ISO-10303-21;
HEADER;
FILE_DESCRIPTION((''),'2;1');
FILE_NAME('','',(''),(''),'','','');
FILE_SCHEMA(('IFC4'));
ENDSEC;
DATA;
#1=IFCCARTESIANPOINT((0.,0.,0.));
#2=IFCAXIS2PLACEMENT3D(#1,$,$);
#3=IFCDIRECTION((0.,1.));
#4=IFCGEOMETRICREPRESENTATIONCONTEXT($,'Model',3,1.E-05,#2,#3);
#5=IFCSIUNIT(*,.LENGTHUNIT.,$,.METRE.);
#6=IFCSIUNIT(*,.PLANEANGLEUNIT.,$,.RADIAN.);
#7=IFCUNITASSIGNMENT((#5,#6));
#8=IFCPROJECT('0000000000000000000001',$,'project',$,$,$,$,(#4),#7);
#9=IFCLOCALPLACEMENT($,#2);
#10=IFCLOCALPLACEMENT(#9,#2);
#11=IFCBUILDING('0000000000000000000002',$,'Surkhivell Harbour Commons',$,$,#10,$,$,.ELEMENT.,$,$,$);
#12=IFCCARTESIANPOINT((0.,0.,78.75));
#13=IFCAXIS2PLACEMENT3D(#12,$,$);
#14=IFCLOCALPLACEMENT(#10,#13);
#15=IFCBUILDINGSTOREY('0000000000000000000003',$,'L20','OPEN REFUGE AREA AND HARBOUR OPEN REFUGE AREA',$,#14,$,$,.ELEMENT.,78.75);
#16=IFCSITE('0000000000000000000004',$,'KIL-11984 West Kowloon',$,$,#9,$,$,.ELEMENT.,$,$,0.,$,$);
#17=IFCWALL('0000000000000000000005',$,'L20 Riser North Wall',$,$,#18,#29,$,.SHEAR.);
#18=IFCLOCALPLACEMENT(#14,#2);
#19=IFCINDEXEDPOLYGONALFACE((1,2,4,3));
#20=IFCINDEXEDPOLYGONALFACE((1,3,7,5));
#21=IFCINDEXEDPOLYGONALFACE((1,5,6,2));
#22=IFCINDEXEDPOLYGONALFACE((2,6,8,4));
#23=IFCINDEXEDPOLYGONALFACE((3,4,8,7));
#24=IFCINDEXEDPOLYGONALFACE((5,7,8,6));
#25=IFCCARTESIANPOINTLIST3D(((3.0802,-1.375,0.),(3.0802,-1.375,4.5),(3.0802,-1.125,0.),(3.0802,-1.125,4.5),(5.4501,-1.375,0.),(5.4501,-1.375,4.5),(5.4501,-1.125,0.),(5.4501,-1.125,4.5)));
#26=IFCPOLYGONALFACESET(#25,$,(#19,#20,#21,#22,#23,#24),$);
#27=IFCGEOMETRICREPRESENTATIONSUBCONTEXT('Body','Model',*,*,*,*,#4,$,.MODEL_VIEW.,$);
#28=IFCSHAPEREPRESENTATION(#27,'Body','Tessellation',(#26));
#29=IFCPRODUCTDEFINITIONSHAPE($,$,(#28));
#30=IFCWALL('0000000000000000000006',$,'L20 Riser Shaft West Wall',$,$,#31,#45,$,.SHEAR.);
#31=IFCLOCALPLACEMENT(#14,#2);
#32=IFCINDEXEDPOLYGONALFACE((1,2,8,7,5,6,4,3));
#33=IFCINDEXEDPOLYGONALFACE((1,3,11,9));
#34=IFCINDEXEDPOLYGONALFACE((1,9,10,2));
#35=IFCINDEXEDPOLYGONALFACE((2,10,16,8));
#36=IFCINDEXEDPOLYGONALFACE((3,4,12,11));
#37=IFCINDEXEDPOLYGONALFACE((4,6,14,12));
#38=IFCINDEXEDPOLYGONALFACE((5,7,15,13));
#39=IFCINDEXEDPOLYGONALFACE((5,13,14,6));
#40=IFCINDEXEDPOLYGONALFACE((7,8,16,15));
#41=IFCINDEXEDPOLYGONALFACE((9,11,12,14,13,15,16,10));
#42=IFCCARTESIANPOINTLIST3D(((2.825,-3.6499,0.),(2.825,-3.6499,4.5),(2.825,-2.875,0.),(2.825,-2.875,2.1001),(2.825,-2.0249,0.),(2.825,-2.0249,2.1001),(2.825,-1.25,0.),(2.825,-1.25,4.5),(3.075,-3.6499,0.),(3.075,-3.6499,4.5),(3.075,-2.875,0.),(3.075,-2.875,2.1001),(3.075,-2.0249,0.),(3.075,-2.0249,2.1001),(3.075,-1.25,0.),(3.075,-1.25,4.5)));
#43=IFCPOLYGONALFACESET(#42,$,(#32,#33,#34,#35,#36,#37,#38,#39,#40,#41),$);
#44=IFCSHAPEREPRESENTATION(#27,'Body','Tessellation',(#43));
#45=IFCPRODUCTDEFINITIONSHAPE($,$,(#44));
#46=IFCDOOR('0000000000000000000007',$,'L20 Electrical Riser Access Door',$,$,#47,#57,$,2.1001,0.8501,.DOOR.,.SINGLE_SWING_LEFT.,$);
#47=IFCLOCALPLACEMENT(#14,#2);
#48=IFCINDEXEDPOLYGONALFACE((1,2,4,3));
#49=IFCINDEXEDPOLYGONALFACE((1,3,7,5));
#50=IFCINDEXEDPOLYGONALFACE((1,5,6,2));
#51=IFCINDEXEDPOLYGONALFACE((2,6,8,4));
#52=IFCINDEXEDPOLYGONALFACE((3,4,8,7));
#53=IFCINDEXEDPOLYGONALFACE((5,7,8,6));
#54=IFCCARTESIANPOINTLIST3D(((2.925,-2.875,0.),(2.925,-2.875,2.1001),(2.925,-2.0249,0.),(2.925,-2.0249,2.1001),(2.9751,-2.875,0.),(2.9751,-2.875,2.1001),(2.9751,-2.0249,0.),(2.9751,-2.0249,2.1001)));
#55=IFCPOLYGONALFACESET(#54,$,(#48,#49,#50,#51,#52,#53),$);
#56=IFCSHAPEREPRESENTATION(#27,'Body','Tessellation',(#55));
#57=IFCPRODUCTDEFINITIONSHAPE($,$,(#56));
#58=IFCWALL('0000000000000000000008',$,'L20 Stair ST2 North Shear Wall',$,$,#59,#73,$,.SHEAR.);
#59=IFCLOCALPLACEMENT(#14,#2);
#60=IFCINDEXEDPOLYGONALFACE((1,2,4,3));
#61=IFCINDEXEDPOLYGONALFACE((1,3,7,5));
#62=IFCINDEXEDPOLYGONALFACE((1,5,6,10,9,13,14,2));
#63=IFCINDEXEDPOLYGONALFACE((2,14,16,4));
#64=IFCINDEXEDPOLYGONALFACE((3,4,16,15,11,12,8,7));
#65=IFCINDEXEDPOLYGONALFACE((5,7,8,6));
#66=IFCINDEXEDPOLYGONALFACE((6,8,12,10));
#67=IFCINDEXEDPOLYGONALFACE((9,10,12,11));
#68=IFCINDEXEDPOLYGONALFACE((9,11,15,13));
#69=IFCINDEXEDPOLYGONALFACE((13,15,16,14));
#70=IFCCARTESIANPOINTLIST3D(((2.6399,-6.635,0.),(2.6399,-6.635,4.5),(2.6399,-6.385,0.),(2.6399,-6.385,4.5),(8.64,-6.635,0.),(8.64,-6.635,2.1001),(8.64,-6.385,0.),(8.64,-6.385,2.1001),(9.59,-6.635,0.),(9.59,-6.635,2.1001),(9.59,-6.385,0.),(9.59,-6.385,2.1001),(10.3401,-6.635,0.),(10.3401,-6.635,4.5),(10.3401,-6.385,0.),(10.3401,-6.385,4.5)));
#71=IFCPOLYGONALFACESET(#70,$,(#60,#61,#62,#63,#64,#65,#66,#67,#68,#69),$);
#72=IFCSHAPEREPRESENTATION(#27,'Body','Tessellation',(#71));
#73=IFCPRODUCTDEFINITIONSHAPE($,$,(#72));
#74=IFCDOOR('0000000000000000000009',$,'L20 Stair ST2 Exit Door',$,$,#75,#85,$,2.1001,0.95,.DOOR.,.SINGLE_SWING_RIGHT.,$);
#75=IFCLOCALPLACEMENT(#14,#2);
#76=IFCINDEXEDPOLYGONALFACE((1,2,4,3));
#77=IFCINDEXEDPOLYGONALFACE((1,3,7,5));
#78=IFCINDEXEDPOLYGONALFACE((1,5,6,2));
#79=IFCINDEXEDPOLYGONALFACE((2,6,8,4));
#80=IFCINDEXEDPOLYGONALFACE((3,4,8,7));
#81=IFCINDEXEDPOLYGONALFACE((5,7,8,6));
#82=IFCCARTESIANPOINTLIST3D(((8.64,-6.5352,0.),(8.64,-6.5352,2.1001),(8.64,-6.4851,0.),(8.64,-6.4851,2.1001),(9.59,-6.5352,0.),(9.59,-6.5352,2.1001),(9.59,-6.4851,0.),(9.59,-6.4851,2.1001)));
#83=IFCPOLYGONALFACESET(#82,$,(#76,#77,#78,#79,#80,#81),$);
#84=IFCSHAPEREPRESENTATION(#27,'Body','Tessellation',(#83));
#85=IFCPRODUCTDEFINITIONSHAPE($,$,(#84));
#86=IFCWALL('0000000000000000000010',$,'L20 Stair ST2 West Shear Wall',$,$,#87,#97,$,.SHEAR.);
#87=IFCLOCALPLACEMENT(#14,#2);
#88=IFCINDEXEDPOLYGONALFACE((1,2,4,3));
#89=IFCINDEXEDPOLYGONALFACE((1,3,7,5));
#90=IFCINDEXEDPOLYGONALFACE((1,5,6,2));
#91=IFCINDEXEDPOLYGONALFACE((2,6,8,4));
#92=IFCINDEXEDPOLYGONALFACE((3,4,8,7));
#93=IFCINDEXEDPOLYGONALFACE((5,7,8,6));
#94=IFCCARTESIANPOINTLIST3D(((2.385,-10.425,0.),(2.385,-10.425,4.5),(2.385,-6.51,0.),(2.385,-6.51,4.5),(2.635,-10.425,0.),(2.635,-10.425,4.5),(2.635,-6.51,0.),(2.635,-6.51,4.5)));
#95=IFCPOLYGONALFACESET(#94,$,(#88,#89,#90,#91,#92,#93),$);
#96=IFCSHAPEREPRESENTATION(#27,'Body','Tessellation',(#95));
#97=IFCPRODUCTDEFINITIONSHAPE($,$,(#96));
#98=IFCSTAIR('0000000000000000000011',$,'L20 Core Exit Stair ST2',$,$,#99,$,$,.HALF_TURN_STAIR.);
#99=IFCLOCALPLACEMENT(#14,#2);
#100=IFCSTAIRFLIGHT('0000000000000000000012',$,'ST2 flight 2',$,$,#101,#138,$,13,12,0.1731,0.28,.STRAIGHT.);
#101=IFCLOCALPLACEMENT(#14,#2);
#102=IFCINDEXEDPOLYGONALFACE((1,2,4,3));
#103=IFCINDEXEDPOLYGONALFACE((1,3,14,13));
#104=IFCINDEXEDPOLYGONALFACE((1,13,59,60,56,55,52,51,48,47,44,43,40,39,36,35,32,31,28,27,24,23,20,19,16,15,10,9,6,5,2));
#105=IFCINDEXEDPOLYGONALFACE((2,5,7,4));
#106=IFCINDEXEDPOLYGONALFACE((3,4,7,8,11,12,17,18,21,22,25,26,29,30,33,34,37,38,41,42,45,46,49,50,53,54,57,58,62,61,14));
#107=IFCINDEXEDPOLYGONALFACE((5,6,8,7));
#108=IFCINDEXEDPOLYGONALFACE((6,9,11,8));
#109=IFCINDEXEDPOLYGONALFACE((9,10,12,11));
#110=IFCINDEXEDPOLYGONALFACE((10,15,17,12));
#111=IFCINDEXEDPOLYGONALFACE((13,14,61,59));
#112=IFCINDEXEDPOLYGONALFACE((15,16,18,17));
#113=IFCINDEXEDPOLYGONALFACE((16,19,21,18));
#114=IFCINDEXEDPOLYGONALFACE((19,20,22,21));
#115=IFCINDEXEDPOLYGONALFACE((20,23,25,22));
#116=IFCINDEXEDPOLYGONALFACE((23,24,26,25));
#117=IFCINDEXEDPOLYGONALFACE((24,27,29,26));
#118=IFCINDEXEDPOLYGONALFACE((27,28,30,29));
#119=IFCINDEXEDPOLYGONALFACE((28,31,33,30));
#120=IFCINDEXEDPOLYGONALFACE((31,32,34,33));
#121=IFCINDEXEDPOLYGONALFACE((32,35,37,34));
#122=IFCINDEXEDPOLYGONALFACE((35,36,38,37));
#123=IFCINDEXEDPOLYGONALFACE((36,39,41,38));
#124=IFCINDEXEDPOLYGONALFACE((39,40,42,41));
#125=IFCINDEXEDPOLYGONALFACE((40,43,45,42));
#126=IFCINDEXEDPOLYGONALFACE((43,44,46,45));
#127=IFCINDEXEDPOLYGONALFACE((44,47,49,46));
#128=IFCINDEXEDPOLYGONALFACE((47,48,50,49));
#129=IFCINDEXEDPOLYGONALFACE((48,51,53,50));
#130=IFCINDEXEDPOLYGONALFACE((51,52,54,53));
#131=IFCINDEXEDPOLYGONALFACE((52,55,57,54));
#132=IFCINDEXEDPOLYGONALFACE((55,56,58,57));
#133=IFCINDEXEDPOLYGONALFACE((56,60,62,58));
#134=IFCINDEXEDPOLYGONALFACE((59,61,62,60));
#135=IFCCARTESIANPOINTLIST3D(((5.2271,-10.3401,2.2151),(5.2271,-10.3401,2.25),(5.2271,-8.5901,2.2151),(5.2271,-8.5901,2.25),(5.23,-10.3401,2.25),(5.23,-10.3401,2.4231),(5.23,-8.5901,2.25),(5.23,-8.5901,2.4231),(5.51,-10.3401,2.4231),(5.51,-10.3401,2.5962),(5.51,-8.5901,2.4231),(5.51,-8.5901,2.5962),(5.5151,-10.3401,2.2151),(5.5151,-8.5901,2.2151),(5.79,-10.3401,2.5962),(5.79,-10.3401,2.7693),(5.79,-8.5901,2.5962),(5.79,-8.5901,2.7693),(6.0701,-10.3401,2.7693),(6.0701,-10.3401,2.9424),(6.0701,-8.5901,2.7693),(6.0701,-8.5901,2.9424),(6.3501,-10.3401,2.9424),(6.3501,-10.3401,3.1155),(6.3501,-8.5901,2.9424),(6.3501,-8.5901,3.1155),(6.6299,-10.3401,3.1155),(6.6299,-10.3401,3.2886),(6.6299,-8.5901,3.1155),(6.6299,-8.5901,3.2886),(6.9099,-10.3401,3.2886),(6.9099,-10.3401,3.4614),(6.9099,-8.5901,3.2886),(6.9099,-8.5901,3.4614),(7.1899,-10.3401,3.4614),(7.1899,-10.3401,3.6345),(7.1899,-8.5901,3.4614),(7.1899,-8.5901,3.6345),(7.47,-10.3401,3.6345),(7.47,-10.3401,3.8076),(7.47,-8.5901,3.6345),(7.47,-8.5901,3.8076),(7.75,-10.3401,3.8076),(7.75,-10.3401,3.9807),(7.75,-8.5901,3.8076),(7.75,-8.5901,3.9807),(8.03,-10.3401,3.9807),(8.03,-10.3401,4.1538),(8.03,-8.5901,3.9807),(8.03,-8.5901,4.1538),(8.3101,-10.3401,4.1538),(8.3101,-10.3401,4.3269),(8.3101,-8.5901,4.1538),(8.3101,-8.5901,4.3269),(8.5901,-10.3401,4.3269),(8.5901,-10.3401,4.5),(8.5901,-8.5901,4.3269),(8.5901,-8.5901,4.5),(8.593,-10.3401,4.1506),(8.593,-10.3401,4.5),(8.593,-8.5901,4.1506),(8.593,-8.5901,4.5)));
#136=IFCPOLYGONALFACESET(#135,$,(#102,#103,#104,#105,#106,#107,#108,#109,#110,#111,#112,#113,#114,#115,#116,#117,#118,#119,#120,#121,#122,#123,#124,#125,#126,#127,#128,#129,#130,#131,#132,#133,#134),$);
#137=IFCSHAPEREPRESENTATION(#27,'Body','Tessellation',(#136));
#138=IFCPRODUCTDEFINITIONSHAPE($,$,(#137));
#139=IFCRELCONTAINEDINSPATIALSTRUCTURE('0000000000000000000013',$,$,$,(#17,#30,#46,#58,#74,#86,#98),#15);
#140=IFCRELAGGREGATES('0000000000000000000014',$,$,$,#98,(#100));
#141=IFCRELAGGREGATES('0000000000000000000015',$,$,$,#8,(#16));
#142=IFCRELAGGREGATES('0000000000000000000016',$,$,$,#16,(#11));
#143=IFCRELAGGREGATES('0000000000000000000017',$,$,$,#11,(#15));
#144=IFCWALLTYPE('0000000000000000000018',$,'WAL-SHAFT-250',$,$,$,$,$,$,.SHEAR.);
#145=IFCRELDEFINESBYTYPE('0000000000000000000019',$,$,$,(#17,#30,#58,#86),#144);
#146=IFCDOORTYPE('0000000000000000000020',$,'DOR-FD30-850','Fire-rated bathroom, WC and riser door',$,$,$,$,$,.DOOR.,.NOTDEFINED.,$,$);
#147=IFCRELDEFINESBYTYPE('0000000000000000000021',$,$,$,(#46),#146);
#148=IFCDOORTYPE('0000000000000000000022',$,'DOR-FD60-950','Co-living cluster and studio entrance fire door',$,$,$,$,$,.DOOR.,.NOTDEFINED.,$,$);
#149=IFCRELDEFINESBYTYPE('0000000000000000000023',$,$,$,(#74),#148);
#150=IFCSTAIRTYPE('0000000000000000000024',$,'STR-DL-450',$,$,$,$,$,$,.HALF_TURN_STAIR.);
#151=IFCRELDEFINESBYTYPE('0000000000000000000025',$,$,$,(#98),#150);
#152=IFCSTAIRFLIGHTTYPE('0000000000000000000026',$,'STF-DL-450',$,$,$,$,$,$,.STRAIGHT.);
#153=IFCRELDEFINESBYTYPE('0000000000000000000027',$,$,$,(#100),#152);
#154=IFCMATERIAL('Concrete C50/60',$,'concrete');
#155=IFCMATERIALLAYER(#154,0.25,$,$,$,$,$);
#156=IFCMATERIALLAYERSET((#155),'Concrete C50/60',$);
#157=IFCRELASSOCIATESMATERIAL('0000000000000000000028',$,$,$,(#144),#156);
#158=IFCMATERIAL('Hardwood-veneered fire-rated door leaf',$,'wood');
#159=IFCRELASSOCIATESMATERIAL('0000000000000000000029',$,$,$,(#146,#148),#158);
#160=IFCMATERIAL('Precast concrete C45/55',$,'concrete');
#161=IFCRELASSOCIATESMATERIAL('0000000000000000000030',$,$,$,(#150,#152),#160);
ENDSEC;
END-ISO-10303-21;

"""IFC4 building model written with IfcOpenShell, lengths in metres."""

from ifc_helpers import new_model, si_unit, direction, frame, frame_2d, origin, place, context, subcontext, project, spatial, polyline, rectangle, outline, extrude, material, layer, layer_set, type_object, element, fill, aggregate, save


model = new_model("IFC4")

# Units and contexts
model_context = context("Model", 3, precision=1e-05, world=origin(), true_north=direction((0.0, 1.0)))
body_context = subcontext(model_context, "Body", "Model", "MODEL_VIEW")
ifc_project = project(units=[si_unit("LENGTHUNIT", "METRE"), si_unit("PLANEANGLEUNIT", "RADIAN")], contexts=[model_context])

# Site, building, storey
site_placement = place(None, origin())
site = spatial("IfcSite", under=ifc_project, at=site_placement, Name="KIL-11984 West Kowloon", CompositionType="ELEMENT", RefElevation=0.0)
building_placement = place(site_placement, origin())
building = spatial("IfcBuilding", under=site, at=building_placement, Name="Surkhivell Harbour Commons", CompositionType="ELEMENT")
storey_placement = place(building_placement, frame((0.0, 0.0, 78.75)))
storey = spatial("IfcBuildingStorey", under=building, at=storey_placement, Name="L20", Description="OPEN REFUGE AREA AND HARBOUR OPEN REFUGE AREA", CompositionType="ELEMENT", Elevation=78.75)

# Shared definitions
ifc_material_1 = material(Name="Concrete C50/60", Category="concrete")
ifc_layer_1 = layer(ifc_material_1, 0.25)
ifc_layer_set_1 = layer_set([ifc_layer_1], Name="Concrete C50/60")
wall_type_1 = type_object("IfcWallType", Name="WAL-SHAFT-250", PredefinedType="SHEAR", material=ifc_layer_set_1)

# Wall
for number, where, z_axis, x_axis, name in (
    (1, (3.0801, -1.25, 0.0), (0.0, 0.0, 1.0), (1.0, 0.0, 0.0), "L20 Riser North Wall"),
):
    element("IfcWall", number, at=place(storey_placement, frame(where, z_axis=z_axis, x_axis=x_axis)), inside=storey, type_object=wall_type_1, Name=name, PredefinedType="SHEAR", context=body_context, shape_type="SweptSolid", body=[
        extrude(rectangle(XDim=2.3699, YDim=0.25, at=frame_2d((1.1851, 0.0))), origin(), (0.0, 0.0, 1.0), 4.5),
    ])

# Walls, openings, doors
wall_1_placement = place(storey_placement, frame((2.95, -3.6499, 0.0), z_axis=(0.0, 0.0, 1.0), x_axis=(0.0, 1.0, 0.0)))
wall_1 = element("IfcWall", 2, at=wall_1_placement, inside=storey, type_object=wall_type_1, Name="L20 Riser Shaft West Wall", PredefinedType="SHEAR", context=body_context, shape_type="SweptSolid", body=[
    extrude(rectangle(XDim=2.3999, YDim=0.25, at=frame_2d((1.2, 0.0))), origin(), (0.0, 0.0, 1.0), 4.5),
])
opening_1_placement = place(wall_1_placement, frame((0.7749, 0.0, 0.0)))
opening_1 = element("IfcOpeningElement", 3, at=opening_1_placement, cuts=wall_1, PredefinedType="OPENING", context=body_context, shape_type="SweptSolid", body=[
    extrude(rectangle(XDim=0.8501, YDim=2.1001, at=frame_2d((0.425, 1.05))), frame((0.0, 0.135, 0.0), z_axis=(0.0, -1.0, 0.0), x_axis=(1.0, 0.0, 0.0)), (0.0, 0.0, 1.0), 0.27),
])
ifc_material_2 = material(Name="Hardwood-veneered fire-rated door leaf", Category="wood")
door_type_1 = type_object("IfcDoorType", Name="DOR-FD30-850", Description="Fire-rated bathroom, WC and riser door", OperationType="NOTDEFINED", PredefinedType="DOOR", material=ifc_material_2)
door_1_placement = place(opening_1_placement, origin())
door_1 = element("IfcDoor", 4, at=door_1_placement, inside=storey, type_object=door_type_1, Name="L20 Electrical Riser Access Door", OperationType="SINGLE_SWING_LEFT", OverallHeight=2.1001, OverallWidth=0.8501, PredefinedType="DOOR", context=body_context, shape_type="SweptSolid", body=[
    extrude(rectangle(XDim=0.8501, YDim=2.1001, at=frame_2d((0.425, 1.05))), frame((0.0, 0.0249, 0.0), z_axis=(0.0, -1.0, 0.0), x_axis=(1.0, 0.0, 0.0)), (0.0, 0.0, 1.0), 0.05),
])
fill(opening_1, door_1)
wall_2_placement = place(storey_placement, frame((2.6399, -6.51, 0.0), z_axis=(0.0, 0.0, 1.0), x_axis=(1.0, 0.0, 0.0)))
wall_2 = element("IfcWall", 5, at=wall_2_placement, inside=storey, type_object=wall_type_1, Name="L20 Stair ST2 North Shear Wall", PredefinedType="SHEAR", context=body_context, shape_type="SweptSolid", body=[
    extrude(rectangle(XDim=7.7002, YDim=0.25, at=frame_2d((3.8501, 0.0))), origin(), (0.0, 0.0, 1.0), 4.5),
])
opening_2_placement = place(wall_2_placement, frame((6.0, 0.0, 0.0)))
opening_2 = element("IfcOpeningElement", 6, at=opening_2_placement, cuts=wall_2, PredefinedType="OPENING", context=body_context, shape_type="SweptSolid", body=[
    extrude(rectangle(XDim=0.95, YDim=2.1001, at=frame_2d((0.4751, 1.05))), frame((0.0, 0.135, 0.0), z_axis=(0.0, -1.0, 0.0), x_axis=(1.0, 0.0, 0.0)), (0.0, 0.0, 1.0), 0.27),
])
door_type_2 = type_object("IfcDoorType", Name="DOR-FD60-950", Description="Co-living cluster and studio entrance fire door", OperationType="NOTDEFINED", PredefinedType="DOOR", material=ifc_material_2)
door_2_placement = place(opening_2_placement, origin())
door_2 = element("IfcDoor", 7, at=door_2_placement, inside=storey, type_object=door_type_2, Name="L20 Stair ST2 Exit Door", OperationType="SINGLE_SWING_RIGHT", OverallHeight=2.1001, OverallWidth=0.95, PredefinedType="DOOR", context=body_context, shape_type="SweptSolid", body=[
    extrude(rectangle(XDim=0.95, YDim=2.1001, at=frame_2d((0.4751, 1.05))), frame((0.0, 0.0249, 0.0), z_axis=(0.0, -1.0, 0.0), x_axis=(1.0, 0.0, 0.0)), (0.0, 0.0, 1.0), 0.05),
])
fill(opening_2, door_2)

# Wall
wall_3_placement = place(storey_placement, frame((2.51, -10.425, 0.0), z_axis=(0.0, 0.0, 1.0), x_axis=(0.0, 1.0, 0.0)))
element("IfcWall", 8, at=wall_3_placement, inside=storey, type_object=wall_type_1, Name="L20 Stair ST2 West Shear Wall", PredefinedType="SHEAR", context=body_context, shape_type="SweptSolid", body=[
    extrude(rectangle(XDim=3.915, YDim=0.25, at=frame_2d((1.9575, 0.0))), origin(), (0.0, 0.0, 1.0), 4.5),
])

# Stair, stair flight
ifc_material_3 = material(Name="Precast concrete C45/55", Category="concrete")
stair_type = type_object("IfcStairType", Name="STR-DL-450", PredefinedType="HALF_TURN_STAIR", material=ifc_material_3)
stair_placement = place(storey_placement, origin())
stair = element("IfcStair", 9, at=stair_placement, inside=storey, type_object=stair_type, Name="L20 Core Exit Stair ST2", PredefinedType="HALF_TURN_STAIR")
stair_flight_type = type_object("IfcStairFlightType", Name="STF-DL-450", PredefinedType="STRAIGHT", material=ifc_material_3)
stair_flight_placement = place(storey_placement, frame((5.23, -9.4651, 2.25), z_axis=(0.0, 0.0, 1.0), x_axis=(1.0, 0.0, 0.0)))
stair_flight = element("IfcStairFlight", 10, at=stair_flight_placement, type_object=stair_flight_type, Name="ST2 flight 2", NumberOfRisers=13, NumberOfTreads=12, PredefinedType="STRAIGHT", RiserHeight=0.1731, TreadLength=0.28, context=body_context, shape_type="SweptSolid", body=[
    extrude(outline(polyline([(-0.0029, -0.0349), (-0.0029, 0.0), (0.0, 0.0), (0.0, 0.1731), (0.28, 0.1731), (0.28, 0.3462), (0.5601, 0.3462), (0.5601, 0.5193), (0.8401, 0.5193), (0.8401, 0.6924), (1.1201, 0.6924), (1.1201, 0.8655), (1.3999, 0.8655), (1.3999, 1.0386), (1.6799, 1.0386), (1.6799, 1.2114), (1.96, 1.2114), (1.96, 1.3845), (2.24, 1.3845), (2.24, 1.5576), (2.52, 1.5576), (2.52, 1.7307), (2.8, 1.7307), (2.8, 1.9038), (3.0801, 1.9038), (3.0801, 2.0769), (3.3601, 2.0769), (3.3601, 2.25), (3.363, 2.25), (3.363, 1.9006), (0.2852, -0.0349), (-0.0029, -0.0349)])), frame((0.0, 0.875, 0.0), z_axis=(0.0, -1.0, 0.0), x_axis=(1.0, 0.0, 0.0)), (0.0, 0.0, 1.0), 1.75),
])
aggregate(stair, [stair_flight])

save(model, "model.ifc")
